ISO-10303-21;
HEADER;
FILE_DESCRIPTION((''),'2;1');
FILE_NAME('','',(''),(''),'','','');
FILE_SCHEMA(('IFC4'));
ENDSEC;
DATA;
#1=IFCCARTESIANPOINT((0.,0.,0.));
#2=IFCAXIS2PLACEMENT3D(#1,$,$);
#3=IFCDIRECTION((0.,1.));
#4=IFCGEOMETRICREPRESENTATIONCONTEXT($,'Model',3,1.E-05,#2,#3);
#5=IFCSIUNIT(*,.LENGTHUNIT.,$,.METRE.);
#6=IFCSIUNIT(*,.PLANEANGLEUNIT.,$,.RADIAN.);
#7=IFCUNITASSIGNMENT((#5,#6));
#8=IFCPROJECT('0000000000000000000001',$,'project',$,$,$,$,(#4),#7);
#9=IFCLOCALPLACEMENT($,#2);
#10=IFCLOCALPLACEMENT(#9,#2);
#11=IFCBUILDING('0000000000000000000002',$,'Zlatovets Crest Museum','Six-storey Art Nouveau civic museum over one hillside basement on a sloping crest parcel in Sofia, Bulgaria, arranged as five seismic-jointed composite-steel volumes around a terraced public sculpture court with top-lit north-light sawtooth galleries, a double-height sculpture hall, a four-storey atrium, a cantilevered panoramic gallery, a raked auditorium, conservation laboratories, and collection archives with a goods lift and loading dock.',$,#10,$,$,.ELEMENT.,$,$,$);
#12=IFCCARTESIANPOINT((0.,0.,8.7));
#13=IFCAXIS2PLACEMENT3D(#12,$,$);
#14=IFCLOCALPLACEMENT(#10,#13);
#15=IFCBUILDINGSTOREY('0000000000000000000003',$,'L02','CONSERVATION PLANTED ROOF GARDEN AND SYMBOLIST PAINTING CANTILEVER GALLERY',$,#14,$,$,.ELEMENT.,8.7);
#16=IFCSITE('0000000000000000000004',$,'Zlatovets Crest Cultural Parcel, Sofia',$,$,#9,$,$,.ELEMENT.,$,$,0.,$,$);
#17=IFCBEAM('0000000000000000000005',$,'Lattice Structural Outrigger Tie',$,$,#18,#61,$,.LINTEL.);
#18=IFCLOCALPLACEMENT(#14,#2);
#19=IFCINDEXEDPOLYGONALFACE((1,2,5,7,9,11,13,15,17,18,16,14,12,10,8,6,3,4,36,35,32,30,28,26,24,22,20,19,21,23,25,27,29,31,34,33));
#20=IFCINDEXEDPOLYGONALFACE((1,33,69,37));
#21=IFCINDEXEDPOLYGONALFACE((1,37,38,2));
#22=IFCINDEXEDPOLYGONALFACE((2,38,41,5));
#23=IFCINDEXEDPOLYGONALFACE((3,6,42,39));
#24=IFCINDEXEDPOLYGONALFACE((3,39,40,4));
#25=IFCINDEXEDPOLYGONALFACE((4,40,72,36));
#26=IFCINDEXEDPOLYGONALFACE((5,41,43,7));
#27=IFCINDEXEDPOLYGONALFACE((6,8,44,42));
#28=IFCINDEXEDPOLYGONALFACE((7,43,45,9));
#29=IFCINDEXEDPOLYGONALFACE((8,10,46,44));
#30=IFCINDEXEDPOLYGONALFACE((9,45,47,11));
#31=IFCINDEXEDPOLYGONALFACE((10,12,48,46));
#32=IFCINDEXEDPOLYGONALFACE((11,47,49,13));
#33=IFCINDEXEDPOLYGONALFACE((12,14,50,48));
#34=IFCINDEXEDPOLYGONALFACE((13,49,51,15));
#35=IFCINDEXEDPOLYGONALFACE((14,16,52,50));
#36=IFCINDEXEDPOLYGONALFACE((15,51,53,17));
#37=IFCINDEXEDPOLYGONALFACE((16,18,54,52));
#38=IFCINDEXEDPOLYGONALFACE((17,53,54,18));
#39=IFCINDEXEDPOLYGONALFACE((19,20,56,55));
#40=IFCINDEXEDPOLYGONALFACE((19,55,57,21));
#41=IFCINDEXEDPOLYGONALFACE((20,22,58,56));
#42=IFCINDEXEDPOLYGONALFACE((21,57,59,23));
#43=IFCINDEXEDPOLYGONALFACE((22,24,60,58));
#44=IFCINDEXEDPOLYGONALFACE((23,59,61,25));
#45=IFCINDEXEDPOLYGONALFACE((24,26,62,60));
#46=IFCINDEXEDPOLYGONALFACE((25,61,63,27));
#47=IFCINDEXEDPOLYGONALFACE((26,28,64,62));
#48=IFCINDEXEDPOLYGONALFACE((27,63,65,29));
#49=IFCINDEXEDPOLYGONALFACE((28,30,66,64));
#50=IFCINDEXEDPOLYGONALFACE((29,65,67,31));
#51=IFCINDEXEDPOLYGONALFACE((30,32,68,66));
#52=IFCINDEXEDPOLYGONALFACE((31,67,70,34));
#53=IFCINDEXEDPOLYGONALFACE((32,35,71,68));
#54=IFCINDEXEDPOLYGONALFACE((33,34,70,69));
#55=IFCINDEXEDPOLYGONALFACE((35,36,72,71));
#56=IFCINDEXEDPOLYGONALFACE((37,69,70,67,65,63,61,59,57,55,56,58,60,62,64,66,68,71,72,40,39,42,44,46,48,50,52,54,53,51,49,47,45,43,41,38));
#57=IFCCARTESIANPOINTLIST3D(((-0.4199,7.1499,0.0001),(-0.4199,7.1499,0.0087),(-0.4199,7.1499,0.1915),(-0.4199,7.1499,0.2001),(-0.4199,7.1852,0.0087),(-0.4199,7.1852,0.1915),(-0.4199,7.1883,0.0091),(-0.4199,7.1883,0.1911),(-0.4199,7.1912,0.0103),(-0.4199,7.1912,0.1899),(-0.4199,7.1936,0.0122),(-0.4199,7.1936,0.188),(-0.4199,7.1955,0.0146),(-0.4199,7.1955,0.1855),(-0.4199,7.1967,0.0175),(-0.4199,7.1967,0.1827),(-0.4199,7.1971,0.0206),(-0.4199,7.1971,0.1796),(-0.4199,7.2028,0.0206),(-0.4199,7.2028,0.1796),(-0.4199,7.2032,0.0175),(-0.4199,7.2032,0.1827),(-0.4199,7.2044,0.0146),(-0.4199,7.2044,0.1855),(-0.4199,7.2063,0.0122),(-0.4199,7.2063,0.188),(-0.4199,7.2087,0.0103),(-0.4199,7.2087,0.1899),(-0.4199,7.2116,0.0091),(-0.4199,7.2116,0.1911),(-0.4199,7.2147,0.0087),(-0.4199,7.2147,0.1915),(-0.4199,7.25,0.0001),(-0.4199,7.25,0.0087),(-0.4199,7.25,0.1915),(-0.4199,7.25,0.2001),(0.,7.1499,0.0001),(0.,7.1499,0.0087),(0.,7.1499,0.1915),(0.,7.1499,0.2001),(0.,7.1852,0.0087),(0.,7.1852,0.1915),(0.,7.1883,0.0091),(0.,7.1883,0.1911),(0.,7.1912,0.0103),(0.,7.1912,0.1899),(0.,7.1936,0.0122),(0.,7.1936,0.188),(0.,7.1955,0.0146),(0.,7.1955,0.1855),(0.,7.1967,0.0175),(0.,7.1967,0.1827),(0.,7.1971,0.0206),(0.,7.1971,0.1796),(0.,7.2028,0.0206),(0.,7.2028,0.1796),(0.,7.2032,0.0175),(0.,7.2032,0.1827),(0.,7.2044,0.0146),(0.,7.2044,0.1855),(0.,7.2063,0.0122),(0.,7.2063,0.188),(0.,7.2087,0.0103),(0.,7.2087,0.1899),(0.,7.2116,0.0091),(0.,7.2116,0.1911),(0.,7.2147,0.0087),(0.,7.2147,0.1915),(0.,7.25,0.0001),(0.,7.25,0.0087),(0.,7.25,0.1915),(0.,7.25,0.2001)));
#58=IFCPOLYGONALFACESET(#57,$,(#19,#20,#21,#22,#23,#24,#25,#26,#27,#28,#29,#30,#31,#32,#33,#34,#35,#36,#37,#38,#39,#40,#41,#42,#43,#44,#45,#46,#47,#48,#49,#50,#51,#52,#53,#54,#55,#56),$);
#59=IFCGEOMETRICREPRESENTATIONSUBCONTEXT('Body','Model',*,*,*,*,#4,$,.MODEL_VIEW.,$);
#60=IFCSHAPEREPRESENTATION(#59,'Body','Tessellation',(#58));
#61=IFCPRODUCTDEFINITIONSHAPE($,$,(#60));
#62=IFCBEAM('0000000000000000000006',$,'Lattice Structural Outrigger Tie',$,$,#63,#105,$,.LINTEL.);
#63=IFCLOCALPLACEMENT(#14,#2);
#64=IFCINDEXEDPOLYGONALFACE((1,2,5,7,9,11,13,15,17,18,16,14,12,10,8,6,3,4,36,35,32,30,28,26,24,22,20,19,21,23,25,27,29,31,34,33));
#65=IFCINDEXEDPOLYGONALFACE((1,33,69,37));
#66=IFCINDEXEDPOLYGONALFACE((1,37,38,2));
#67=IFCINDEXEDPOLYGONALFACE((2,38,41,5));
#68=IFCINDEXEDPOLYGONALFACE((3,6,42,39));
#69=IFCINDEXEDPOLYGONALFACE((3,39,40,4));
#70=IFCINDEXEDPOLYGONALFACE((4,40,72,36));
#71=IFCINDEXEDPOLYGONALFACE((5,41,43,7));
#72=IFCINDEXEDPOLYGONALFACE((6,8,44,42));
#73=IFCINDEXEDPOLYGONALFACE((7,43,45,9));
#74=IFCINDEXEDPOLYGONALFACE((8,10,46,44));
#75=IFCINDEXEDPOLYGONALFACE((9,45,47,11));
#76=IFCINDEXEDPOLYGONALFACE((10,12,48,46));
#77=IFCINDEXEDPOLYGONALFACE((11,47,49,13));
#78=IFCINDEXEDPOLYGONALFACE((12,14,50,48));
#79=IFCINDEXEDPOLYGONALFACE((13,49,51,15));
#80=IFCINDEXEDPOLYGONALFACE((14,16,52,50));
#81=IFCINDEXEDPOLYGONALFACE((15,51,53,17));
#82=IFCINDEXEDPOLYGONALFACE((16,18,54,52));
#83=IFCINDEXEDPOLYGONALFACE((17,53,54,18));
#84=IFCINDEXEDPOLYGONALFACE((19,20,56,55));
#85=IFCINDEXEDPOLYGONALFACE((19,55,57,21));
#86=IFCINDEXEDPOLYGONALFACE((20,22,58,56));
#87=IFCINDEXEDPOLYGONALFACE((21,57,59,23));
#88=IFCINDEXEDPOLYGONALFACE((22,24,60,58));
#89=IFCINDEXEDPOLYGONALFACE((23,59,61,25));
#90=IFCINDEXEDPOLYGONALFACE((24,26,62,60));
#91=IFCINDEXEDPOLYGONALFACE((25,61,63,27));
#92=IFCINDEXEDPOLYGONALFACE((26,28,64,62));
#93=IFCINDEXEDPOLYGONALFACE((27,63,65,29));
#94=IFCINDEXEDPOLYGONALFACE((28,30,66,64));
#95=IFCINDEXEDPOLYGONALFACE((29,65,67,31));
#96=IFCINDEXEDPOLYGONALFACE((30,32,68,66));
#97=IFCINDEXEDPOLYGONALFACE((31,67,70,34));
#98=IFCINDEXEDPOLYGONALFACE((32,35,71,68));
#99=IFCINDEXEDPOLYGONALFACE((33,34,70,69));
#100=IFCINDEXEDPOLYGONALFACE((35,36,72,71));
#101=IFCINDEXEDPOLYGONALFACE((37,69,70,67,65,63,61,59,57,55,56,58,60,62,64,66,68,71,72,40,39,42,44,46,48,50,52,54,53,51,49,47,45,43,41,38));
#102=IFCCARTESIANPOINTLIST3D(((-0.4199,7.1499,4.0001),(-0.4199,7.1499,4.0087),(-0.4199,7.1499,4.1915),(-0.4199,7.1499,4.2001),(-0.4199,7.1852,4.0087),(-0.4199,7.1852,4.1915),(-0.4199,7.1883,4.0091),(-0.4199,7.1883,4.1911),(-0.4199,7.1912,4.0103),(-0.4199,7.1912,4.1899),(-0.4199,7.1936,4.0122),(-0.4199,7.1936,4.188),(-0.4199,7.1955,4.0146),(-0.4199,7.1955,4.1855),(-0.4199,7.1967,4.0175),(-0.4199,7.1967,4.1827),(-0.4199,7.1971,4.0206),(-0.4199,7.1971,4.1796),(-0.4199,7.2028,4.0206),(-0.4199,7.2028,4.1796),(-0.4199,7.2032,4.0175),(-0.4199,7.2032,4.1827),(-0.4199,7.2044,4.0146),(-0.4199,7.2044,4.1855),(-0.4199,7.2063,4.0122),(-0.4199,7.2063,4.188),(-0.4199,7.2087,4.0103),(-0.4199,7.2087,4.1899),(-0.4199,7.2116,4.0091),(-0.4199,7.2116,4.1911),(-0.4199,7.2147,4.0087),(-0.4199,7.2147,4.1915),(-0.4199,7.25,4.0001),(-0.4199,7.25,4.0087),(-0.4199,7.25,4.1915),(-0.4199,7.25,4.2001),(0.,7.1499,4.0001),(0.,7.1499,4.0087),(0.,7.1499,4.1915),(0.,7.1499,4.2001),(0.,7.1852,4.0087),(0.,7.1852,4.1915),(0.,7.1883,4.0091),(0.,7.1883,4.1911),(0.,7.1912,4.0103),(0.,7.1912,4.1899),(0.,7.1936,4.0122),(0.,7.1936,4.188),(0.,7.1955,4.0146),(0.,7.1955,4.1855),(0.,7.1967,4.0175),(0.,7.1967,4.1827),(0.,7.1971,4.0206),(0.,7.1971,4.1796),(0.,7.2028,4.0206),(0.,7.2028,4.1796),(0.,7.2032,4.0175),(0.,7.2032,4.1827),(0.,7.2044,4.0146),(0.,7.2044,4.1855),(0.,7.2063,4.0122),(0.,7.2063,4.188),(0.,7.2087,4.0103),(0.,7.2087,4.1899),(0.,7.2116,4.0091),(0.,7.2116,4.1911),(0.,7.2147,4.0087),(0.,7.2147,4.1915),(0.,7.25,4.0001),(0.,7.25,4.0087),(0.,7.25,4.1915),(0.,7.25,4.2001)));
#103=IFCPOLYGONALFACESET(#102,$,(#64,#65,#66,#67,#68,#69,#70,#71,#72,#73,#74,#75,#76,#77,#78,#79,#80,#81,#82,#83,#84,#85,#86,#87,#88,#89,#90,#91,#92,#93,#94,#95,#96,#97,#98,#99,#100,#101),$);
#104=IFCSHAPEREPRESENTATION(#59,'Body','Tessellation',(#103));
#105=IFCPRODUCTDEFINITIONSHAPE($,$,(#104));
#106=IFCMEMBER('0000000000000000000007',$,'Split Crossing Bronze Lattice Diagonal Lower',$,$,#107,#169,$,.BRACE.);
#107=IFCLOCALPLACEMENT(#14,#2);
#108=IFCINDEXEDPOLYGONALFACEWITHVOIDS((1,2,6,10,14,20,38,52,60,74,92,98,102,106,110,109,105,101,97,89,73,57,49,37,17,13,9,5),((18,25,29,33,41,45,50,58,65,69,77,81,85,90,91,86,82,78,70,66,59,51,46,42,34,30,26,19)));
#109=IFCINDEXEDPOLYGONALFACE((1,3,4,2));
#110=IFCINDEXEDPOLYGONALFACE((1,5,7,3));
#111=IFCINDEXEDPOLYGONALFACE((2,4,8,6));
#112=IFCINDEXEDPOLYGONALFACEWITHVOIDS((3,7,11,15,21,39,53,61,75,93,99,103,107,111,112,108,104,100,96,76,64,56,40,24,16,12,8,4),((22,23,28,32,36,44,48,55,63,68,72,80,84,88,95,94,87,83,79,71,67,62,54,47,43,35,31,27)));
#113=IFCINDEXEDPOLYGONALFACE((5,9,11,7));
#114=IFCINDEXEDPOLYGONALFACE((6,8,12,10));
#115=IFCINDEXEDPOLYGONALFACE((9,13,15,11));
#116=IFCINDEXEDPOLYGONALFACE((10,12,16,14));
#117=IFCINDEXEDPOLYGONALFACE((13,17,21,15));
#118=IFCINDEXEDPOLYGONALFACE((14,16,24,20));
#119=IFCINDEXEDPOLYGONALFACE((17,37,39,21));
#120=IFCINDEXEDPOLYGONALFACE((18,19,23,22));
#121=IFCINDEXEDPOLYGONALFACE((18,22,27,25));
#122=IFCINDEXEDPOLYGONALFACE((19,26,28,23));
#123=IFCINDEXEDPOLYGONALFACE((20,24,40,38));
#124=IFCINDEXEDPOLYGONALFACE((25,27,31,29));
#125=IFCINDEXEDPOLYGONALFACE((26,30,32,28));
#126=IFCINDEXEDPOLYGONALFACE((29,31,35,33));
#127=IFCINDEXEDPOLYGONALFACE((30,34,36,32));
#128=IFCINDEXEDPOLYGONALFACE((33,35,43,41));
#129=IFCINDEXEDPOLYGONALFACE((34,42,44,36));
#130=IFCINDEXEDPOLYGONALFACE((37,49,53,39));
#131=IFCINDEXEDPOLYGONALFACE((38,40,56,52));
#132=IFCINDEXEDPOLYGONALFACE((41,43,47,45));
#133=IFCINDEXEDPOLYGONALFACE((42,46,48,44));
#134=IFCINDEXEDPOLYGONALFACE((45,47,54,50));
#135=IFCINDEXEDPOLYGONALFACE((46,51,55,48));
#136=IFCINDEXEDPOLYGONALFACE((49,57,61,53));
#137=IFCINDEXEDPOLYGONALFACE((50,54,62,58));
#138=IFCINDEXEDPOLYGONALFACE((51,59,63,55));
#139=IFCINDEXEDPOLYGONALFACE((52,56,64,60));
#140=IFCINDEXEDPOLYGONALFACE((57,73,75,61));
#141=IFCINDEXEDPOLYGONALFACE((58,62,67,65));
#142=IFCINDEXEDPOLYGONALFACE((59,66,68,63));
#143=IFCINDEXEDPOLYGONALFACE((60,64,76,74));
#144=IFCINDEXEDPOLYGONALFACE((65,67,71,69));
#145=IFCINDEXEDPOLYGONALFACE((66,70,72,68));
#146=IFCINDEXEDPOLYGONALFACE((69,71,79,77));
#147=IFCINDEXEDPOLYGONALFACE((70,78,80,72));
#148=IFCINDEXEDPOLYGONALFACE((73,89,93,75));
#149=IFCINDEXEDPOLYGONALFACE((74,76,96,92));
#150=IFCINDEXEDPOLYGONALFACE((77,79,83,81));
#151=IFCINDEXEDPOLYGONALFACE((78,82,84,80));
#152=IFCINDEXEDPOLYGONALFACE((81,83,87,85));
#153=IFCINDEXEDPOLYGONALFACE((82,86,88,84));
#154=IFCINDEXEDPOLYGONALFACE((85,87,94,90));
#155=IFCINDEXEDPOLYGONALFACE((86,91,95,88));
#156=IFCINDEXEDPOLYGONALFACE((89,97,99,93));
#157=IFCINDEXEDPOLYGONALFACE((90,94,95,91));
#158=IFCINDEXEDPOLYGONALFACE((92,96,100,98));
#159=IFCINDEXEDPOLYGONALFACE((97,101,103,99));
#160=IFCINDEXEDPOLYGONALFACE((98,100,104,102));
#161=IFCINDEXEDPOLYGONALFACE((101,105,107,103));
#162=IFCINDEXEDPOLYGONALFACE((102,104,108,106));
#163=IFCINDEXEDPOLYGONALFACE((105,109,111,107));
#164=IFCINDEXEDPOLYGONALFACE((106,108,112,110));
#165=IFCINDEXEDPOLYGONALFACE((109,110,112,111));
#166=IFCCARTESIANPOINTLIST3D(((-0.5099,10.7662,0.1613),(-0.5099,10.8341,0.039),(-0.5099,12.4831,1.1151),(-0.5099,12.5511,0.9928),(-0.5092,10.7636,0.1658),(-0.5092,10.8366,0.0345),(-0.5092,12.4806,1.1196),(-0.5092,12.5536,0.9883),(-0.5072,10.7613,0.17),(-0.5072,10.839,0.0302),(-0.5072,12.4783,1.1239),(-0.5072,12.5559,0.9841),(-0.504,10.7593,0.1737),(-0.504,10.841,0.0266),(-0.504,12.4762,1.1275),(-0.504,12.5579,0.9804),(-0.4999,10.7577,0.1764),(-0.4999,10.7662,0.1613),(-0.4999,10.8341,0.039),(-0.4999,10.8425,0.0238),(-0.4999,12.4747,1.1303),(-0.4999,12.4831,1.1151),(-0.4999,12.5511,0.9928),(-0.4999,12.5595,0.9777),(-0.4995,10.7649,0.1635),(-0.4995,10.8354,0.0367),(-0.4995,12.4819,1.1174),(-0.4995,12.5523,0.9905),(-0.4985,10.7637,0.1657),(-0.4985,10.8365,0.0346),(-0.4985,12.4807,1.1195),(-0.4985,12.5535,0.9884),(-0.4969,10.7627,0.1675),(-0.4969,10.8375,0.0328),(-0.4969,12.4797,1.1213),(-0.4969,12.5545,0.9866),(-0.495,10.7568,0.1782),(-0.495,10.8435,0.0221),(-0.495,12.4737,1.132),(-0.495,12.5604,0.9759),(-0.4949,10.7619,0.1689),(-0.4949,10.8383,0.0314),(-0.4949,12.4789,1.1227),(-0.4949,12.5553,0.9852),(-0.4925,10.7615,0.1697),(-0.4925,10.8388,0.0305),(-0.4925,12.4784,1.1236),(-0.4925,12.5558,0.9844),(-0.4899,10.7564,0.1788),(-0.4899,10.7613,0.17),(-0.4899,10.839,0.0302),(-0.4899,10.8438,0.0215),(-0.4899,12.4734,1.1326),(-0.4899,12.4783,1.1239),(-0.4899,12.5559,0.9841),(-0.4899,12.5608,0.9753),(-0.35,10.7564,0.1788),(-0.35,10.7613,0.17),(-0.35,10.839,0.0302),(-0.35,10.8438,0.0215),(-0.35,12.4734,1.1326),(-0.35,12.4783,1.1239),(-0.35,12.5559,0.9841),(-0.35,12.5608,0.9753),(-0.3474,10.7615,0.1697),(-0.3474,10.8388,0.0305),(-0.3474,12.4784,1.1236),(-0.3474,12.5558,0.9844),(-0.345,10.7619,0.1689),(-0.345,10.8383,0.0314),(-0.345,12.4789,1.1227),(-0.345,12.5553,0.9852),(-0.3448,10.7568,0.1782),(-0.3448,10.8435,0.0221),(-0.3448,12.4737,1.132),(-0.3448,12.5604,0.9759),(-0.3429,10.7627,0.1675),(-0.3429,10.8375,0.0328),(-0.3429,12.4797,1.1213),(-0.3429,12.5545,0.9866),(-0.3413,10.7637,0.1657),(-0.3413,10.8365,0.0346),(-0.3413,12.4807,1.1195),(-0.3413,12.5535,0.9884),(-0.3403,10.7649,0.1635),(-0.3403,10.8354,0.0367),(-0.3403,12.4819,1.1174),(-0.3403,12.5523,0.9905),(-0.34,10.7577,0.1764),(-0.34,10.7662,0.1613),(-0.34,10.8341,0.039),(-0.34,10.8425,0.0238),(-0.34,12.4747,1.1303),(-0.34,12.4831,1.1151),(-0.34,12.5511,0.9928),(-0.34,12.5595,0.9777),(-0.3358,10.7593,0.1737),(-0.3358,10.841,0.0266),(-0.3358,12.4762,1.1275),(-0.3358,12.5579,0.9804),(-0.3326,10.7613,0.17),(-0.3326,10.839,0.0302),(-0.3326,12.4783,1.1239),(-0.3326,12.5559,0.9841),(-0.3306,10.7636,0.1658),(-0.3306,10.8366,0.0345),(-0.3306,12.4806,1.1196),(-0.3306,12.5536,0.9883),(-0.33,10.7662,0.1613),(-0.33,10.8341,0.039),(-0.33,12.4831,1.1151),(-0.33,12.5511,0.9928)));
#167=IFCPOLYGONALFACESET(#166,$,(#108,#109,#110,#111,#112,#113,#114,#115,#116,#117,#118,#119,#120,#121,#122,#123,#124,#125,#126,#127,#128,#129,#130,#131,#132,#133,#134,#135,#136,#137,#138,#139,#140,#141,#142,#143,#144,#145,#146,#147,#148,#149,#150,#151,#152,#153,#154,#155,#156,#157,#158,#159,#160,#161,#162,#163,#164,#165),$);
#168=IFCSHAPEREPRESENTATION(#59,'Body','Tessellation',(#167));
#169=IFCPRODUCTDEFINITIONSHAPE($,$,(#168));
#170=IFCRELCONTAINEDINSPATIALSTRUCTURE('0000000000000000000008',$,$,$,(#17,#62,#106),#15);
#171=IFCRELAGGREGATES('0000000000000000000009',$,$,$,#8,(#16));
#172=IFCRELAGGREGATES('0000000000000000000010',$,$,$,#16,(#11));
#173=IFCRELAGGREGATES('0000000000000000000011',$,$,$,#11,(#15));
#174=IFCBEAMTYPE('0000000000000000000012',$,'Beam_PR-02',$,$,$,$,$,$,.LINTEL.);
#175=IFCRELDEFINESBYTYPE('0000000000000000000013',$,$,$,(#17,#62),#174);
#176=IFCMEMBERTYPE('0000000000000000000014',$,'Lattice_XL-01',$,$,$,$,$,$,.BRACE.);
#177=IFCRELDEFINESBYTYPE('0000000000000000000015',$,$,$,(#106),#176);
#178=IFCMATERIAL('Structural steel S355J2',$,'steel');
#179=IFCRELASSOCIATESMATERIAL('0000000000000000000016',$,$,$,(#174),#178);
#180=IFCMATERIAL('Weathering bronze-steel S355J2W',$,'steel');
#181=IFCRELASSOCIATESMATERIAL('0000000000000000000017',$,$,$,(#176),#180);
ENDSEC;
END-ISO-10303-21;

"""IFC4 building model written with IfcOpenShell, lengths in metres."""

from ifc_helpers import new_model, si_unit, direction, frame, origin, origin_2d, place, context, subcontext, project, spatial, hollow_rectangle, i_section, extrude, material, material_profile, profile_set, type_object, element, save


model = new_model("IFC4")

# Units and contexts
model_context = context("Model", 3, precision=1e-05, world=origin(), true_north=direction((0.0, 1.0)))
body_context = subcontext(model_context, "Body", "Model", "MODEL_VIEW")
ifc_project = project(units=[si_unit("LENGTHUNIT", "METRE"), si_unit("PLANEANGLEUNIT", "RADIAN")], contexts=[model_context])

# Site, building, storey
site_placement = place(None, origin())
site = spatial("IfcSite", under=ifc_project, at=site_placement, Name="Zlatovets Crest Cultural Parcel, Sofia", CompositionType="ELEMENT", RefElevation=0.0)
building_placement = place(site_placement, origin())
building = spatial("IfcBuilding", under=site, at=building_placement, Name="Zlatovets Crest Museum", Description="Six-storey Art Nouveau civic museum over one hillside basement on a sloping crest parcel in Sofia, Bulgaria, arranged as five seismic-jointed composite-steel volumes around a terraced public sculpture court with top-lit north-light sawtooth galleries, a double-height sculpture hall, a four-storey atrium, a cantilevered panoramic gallery, a raked auditorium, conservation laboratories, and collection archives with a goods lift and loading dock.", CompositionType="ELEMENT")
storey_placement = place(building_placement, frame((0.0, 0.0, 8.7)))
storey = spatial("IfcBuildingStorey", under=building, at=storey_placement, Name="L02", Description="CONSERVATION PLANTED ROOF GARDEN AND SYMBOLIST PAINTING CANTILEVER GALLERY", CompositionType="ELEMENT", Elevation=8.7)

# Shared definitions
ifc_material_1 = material(Name="Structural steel S355J2", Category="steel")

# Beams
ifc_material_profile_1 = material_profile(ifc_material_1, i_section(OverallWidth=0.1001, OverallDepth=0.2, WebThickness=0.0056, FlangeThickness=0.0085, FilletRadius=0.012, at=origin_2d()), Name="IPE 200")
ifc_profile_set_1 = profile_set([ifc_material_profile_1], Name="Structural steel S355J2")
beam_type_1 = type_object("IfcBeamType", Name="Beam_PR-02", PredefinedType="LINTEL", material=ifc_profile_set_1)
for number, where, z_axis, x_axis, name in (
    (1, (0.0, 7.2, 0.1001), (-1.0, 0.0, 0.0), (0.0, -1.0, 0.0), "Lattice Structural Outrigger Tie"),
    (2, (0.0, 7.2, 4.1001), (-1.0, 0.0, 0.0), (0.0, -1.0, 0.0), "Lattice Structural Outrigger Tie"),
):
    element("IfcBeam", number, at=place(storey_placement, frame(where, z_axis=z_axis, x_axis=x_axis)), inside=storey, type_object=beam_type_1, Name=name, PredefinedType="LINTEL", context=body_context, shape_type="SweptSolid", body=[
        extrude(i_section(OverallWidth=0.1001, OverallDepth=0.2, WebThickness=0.0056, FlangeThickness=0.0085, FilletRadius=0.012, at=origin_2d()), origin(), (0.0, 0.0, 1.0), 0.4199),
    ])

# Member
ifc_material_2 = material(Name="Weathering bronze-steel S355J2W", Category="steel")
ifc_material_profile_2 = material_profile(ifc_material_2, hollow_rectangle(XDim=0.1799, YDim=0.1799, WallThickness=0.01, InnerFilletRadius=0.01, OuterFilletRadius=0.02, at=origin_2d()), Name="SHS 180x180x10.0")
ifc_profile_set_2 = profile_set([ifc_material_profile_2], Name="Weathering bronze-steel S355J2W")
member_type_1 = type_object("IfcMemberType", Name="Lattice_XL-01", PredefinedType="BRACE", material=ifc_profile_set_2)
member_1_placement = place(storey_placement, frame((-0.4199, 12.5171, 1.054), z_axis=(0.0, -0.874169, -0.485622), x_axis=(1.0, 0.0, 0.0)))
element("IfcMember", 3, at=member_1_placement, inside=storey, type_object=member_type_1, Name="Split Crossing Bronze Lattice Diagonal Lower", PredefinedType="BRACE", context=body_context, shape_type="SweptSolid", body=[
    extrude(hollow_rectangle(XDim=0.1799, YDim=0.1799, WallThickness=0.01, InnerFilletRadius=0.01, OuterFilletRadius=0.02, at=origin_2d()), origin(), (0.0, 0.0, 1.0), 1.9641),
])

save(model, "model.ifc")
